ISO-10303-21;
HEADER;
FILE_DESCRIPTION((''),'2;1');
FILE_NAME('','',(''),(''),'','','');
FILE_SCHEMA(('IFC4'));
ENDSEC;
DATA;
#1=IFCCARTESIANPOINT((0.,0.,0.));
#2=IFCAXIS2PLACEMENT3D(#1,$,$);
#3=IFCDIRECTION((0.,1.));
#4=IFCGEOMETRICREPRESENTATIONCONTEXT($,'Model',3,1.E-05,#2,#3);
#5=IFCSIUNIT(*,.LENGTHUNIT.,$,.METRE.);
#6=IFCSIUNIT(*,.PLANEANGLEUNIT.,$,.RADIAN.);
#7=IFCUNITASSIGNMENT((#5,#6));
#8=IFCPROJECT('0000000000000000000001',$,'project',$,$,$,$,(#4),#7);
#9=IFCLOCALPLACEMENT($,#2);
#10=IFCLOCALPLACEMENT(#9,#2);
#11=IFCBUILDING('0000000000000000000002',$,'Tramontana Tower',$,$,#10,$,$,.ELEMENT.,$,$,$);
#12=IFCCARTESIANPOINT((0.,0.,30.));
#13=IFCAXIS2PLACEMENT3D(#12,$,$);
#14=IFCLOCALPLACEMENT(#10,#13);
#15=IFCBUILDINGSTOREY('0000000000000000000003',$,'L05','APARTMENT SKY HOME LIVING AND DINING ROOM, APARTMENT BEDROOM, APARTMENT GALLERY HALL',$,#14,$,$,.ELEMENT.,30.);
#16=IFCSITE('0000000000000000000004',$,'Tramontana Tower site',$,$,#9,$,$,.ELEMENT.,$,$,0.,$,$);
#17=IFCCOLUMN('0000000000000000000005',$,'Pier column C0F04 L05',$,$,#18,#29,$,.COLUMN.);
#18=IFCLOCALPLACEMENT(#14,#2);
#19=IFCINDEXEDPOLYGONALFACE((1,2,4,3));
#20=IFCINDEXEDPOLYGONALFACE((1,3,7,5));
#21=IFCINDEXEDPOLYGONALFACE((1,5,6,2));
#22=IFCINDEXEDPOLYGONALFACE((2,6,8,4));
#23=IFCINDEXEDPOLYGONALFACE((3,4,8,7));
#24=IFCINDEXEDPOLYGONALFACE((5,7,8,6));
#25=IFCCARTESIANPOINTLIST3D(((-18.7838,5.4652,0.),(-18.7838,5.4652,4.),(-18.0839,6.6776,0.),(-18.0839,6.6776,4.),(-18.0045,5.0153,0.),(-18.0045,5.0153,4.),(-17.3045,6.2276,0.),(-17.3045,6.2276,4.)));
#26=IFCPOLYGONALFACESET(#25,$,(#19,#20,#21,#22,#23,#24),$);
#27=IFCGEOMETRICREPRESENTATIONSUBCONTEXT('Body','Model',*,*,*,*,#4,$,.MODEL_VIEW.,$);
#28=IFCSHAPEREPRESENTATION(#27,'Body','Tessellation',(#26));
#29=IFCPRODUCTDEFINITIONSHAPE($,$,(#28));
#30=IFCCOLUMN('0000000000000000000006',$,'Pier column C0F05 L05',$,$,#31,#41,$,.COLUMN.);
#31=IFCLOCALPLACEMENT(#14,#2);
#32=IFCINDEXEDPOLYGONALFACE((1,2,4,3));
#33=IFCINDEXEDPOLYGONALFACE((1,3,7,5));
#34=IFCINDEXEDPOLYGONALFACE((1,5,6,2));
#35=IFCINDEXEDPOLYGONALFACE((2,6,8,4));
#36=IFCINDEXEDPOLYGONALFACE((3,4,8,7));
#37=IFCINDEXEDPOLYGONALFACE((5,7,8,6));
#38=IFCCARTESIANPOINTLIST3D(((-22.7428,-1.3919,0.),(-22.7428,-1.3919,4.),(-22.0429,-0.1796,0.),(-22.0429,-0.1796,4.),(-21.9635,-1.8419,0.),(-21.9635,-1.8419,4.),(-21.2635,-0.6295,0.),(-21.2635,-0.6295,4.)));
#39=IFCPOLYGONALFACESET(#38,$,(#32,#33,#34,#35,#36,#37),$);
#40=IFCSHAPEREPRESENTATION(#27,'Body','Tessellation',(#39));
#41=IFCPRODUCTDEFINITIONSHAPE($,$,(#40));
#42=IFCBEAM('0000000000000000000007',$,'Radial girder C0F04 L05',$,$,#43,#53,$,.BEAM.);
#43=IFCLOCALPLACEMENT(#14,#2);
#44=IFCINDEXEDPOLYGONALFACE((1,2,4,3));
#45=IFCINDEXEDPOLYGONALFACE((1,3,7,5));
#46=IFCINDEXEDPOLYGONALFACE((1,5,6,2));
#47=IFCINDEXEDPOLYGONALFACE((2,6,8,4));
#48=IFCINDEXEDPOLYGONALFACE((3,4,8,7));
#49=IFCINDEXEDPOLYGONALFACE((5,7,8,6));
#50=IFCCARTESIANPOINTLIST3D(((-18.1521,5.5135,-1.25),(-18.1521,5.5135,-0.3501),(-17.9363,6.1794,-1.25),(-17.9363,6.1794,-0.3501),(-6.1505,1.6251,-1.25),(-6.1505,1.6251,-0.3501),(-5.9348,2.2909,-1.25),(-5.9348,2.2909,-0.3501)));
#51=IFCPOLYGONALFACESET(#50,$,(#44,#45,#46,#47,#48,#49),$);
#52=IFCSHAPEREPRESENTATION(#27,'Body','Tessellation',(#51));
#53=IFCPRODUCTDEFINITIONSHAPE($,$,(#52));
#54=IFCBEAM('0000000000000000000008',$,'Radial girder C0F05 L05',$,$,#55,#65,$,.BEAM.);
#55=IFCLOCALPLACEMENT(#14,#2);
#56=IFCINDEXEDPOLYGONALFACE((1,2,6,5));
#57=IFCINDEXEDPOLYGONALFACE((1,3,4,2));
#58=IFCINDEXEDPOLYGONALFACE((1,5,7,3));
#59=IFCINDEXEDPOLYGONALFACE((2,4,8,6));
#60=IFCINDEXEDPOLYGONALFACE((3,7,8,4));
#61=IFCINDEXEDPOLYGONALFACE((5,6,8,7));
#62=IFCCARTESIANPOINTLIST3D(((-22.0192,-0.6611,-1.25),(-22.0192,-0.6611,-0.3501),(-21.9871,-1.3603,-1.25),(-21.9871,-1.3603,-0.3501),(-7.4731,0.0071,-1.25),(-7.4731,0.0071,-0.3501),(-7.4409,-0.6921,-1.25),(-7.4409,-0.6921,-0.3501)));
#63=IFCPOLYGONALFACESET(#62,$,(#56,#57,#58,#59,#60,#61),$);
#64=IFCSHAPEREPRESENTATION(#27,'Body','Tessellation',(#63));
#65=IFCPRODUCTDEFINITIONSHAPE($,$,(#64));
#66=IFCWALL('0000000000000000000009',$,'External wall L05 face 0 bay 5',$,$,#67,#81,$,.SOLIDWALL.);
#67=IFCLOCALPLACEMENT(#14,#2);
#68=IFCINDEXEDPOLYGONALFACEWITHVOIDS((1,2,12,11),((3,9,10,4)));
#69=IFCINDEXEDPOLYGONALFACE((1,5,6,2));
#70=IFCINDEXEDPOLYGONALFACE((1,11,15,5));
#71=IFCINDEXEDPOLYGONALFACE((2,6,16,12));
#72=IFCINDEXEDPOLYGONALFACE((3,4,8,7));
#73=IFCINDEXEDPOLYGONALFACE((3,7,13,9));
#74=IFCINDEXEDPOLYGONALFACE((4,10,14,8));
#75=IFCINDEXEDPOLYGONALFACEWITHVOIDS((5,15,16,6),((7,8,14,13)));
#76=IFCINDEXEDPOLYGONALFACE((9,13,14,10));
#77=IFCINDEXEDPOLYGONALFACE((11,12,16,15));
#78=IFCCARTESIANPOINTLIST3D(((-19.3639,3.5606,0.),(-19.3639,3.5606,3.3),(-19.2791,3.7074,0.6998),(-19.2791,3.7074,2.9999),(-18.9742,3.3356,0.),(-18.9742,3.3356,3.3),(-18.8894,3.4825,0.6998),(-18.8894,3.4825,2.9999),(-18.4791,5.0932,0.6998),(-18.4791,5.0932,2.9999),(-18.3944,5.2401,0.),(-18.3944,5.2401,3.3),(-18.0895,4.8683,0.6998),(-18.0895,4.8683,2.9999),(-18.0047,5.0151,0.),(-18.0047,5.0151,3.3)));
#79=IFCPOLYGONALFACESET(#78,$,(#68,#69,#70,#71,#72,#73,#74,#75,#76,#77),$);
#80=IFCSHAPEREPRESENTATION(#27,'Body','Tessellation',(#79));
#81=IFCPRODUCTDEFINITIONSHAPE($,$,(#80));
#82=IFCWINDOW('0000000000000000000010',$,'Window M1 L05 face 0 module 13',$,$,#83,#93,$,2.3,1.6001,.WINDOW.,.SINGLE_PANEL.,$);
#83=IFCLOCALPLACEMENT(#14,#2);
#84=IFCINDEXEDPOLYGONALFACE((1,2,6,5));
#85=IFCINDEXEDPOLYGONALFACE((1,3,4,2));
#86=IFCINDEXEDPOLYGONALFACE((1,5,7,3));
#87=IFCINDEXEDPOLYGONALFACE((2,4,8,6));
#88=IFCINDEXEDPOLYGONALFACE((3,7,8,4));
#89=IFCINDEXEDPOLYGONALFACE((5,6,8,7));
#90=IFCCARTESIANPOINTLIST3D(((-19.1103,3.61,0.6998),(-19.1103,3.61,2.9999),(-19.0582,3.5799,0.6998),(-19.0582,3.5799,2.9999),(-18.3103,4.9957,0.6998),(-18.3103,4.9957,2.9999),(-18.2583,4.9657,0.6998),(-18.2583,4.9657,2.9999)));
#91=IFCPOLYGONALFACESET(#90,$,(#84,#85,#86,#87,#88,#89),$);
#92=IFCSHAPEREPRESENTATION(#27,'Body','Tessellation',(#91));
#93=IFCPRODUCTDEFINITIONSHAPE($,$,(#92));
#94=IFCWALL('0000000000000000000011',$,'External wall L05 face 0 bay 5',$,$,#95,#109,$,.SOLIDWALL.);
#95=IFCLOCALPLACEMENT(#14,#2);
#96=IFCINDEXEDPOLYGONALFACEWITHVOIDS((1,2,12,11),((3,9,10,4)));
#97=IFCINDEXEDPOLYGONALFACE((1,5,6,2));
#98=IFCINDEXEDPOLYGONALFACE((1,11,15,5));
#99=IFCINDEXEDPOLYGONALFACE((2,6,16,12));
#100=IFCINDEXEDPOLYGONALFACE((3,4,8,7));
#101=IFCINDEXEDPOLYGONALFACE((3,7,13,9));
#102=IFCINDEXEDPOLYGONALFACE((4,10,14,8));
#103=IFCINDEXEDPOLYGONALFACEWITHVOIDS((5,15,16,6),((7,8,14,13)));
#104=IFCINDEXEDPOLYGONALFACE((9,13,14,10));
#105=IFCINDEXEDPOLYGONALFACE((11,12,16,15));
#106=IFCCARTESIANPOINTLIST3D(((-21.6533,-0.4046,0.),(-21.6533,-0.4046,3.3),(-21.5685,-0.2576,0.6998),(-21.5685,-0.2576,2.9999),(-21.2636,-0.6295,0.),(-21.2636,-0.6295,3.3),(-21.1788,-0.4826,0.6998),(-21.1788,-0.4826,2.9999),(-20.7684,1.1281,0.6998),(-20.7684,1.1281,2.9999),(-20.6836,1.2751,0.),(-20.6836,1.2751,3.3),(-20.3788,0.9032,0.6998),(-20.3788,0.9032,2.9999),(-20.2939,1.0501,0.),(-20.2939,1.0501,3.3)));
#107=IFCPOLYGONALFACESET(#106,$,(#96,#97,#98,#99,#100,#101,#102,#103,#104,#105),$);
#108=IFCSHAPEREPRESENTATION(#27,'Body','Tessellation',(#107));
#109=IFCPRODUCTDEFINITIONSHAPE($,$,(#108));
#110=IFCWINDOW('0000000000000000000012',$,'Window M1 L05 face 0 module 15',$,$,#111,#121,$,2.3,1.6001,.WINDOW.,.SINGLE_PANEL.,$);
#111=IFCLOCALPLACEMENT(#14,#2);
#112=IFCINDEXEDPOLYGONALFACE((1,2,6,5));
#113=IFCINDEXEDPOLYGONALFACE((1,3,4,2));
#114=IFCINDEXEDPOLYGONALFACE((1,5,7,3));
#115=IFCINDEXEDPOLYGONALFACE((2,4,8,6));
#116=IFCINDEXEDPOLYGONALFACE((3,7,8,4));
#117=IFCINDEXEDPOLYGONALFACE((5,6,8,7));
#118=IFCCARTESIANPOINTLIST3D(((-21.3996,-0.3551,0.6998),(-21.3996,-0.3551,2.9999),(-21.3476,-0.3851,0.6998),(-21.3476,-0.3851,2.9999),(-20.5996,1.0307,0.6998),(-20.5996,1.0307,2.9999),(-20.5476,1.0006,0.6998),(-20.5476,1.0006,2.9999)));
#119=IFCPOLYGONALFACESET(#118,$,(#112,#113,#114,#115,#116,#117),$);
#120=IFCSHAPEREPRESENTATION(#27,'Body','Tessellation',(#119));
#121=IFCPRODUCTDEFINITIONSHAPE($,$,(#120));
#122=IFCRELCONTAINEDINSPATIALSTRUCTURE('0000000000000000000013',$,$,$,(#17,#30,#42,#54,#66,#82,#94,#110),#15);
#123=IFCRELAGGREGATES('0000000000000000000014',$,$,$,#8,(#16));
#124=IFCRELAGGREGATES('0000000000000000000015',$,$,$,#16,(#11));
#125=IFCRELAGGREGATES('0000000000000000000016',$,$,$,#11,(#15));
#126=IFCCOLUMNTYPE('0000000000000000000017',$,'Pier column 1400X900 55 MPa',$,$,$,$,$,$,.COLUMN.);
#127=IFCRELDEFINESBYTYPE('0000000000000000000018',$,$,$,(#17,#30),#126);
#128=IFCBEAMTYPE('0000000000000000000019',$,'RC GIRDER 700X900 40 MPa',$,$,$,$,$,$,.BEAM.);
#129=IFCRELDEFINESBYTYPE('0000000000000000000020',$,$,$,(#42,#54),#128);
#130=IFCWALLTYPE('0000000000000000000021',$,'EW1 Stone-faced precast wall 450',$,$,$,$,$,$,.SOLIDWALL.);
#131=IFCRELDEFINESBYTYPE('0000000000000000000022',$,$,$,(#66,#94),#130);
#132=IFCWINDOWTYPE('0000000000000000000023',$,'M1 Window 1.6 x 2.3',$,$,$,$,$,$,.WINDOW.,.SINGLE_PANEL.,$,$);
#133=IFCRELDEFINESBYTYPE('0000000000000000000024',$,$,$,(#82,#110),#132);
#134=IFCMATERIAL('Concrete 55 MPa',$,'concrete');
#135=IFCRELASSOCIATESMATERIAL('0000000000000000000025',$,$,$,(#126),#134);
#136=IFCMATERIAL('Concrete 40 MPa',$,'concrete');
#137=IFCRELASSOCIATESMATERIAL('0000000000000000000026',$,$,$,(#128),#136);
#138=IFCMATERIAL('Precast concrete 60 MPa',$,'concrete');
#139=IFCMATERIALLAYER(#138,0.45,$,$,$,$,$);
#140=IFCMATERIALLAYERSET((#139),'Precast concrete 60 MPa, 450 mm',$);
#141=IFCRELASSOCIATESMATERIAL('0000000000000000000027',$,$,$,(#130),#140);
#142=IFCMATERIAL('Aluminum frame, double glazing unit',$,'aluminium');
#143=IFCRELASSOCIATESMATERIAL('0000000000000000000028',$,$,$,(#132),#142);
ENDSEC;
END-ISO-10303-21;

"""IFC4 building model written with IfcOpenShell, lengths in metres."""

from ifc_helpers import new_model, si_unit, direction, frame, frame_2d, origin, origin_2d, place, context, subcontext, project, spatial, rectangle, extrude, material, layer, layer_set, material_profile, profile_set, type_object, element, fill, save


model = new_model("IFC4")

# Units and contexts
model_context = context("Model", 3, precision=1e-05, world=origin(), true_north=direction((0.0, 1.0)))
body_context = subcontext(model_context, "Body", "Model", "MODEL_VIEW")
ifc_project = project(units=[si_unit("LENGTHUNIT", "METRE"), si_unit("PLANEANGLEUNIT", "RADIAN")], contexts=[model_context])

# Site, building, storey
site_placement = place(None, origin())
site = spatial("IfcSite", under=ifc_project, at=site_placement, Name="Tramontana Tower site", CompositionType="ELEMENT", RefElevation=0.0)
building_placement = place(site_placement, origin())
building = spatial("IfcBuilding", under=site, at=building_placement, Name="Tramontana Tower", CompositionType="ELEMENT")
storey_placement = place(building_placement, frame((0.0, 0.0, 30.0)))
storey = spatial("IfcBuildingStorey", under=building, at=storey_placement, Name="L05", Description="APARTMENT SKY HOME LIVING AND DINING ROOM, APARTMENT BEDROOM, APARTMENT GALLERY HALL", CompositionType="ELEMENT", Elevation=30.0)

# Columns
ifc_material_1 = material(Name="Concrete 55 MPa", Category="concrete")
ifc_material_profile_1 = material_profile(ifc_material_1, rectangle(XDim=1.3999, YDim=0.8999, at=origin_2d()), Name="Pier column 1400X900 55 MPa")
ifc_profile_set_1 = profile_set([ifc_material_profile_1], Name="Concrete 55 MPa")
column_type = type_object("IfcColumnType", Name="Pier column 1400X900 55 MPa", PredefinedType="COLUMN", material=ifc_profile_set_1)
for number, where, z_axis, x_axis, name in (
    (1, (-18.0442, 5.8464, 0.0), (0.0, 0.0, 1.0), (-0.5, -0.866025, 0.0), "Pier column C0F04 L05"),
    (2, (-22.0032, -1.0107, 0.0), (0.0, 0.0, 1.0), (-0.5, -0.866025, 0.0), "Pier column C0F05 L05"),
):
    element("IfcColumn", number, at=place(storey_placement, frame(where, z_axis=z_axis, x_axis=x_axis)), inside=storey, type_object=column_type, Name=name, PredefinedType="COLUMN", context=body_context, shape_type="SweptSolid", body=[
        extrude(rectangle(XDim=1.3999, YDim=0.8999, at=origin_2d()), origin(), (0.0, 0.0, 1.0), 4.0),
    ])

# Beams
ifc_material_2 = material(Name="Concrete 40 MPa", Category="concrete")
ifc_material_profile_2 = material_profile(ifc_material_2, rectangle(XDim=0.7, YDim=0.8999, at=origin_2d()), Name="RC GIRDER 700X900 40 MPa")
ifc_profile_set_2 = profile_set([ifc_material_profile_2], Name="Concrete 40 MPa")
beam_type = type_object("IfcBeamType", Name="RC GIRDER 700X900 40 MPa", PredefinedType="BEAM", material=ifc_profile_set_2)
beam_1_placement = place(storey_placement, frame((-18.0442, 5.8464, -0.8), z_axis=(0.951314, -0.308222, 0.0), x_axis=(0.308222, 0.951314, 0.0)))
element("IfcBeam", 3, at=beam_1_placement, inside=storey, type_object=beam_type, Name="Radial girder C0F04 L05", PredefinedType="BEAM", context=body_context, shape_type="SweptSolid", body=[
    extrude(rectangle(XDim=0.7, YDim=0.8999, at=origin_2d()), origin(), (0.0, 0.0, 1.0), 12.6157),
])
beam_2_placement = place(storey_placement, frame((-22.0032, -1.0107, -0.8), z_axis=(0.998947, 0.045889, 0.0), x_axis=(-0.045889, 0.998947, 0.0)))
element("IfcBeam", 4, at=beam_2_placement, inside=storey, type_object=beam_type, Name="Radial girder C0F05 L05", PredefinedType="BEAM", context=body_context, shape_type="SweptSolid", body=[
    extrude(rectangle(XDim=0.7, YDim=0.8999, at=origin_2d()), origin(), (0.0, 0.0, 1.0), 14.5615),
])

# Walls, openings, windows
ifc_material_3 = material(Name="Precast concrete 60 MPa", Category="concrete")
ifc_layer_1 = layer(ifc_material_3, 0.45)
ifc_layer_set_1 = layer_set([ifc_layer_1], Name="Precast concrete 60 MPa, 450 mm")
wall_type_1 = type_object("IfcWallType", Name="EW1 Stone-faced precast wall 450", PredefinedType="SOLIDWALL", material=ifc_layer_set_1)
wall_1_placement = place(storey_placement, frame((-18.1995, 5.1277, 0.0), z_axis=(0.0, 0.0, 1.0), x_axis=(-0.499944, -0.866058, 0.0)))
wall_1 = element("IfcWall", 5, at=wall_1_placement, inside=storey, type_object=wall_type_1, Name="External wall L05 face 0 bay 5", PredefinedType="SOLIDWALL", context=body_context, shape_type="SweptSolid", body=[
    extrude(rectangle(XDim=1.9392, YDim=0.45, at=frame_2d((0.9697, 0.0))), origin(), (0.0, 0.0, 1.0), 3.3),
])
opening_1_placement = place(wall_1_placement, frame((0.1697, 0.0, 0.7)))
opening_1 = element("IfcOpeningElement", 6, at=opening_1_placement, cuts=wall_1, PredefinedType="OPENING", context=body_context, shape_type="SweptSolid", body=[
    extrude(rectangle(XDim=1.6001, YDim=2.3, at=frame_2d((0.8, 1.1499))), frame((0.0, 0.2349, 0.0), z_axis=(0.0, -1.0, 0.0), x_axis=(1.0, 0.0, 0.0)), (0.0, 0.0, 1.0), 0.47),
])
ifc_material_4 = material(Name="Aluminum frame, double glazing unit", Category="aluminium")
window_type_1 = type_object("IfcWindowType", Name="M1 Window 1.6 x 2.3", PartitioningType="SINGLE_PANEL", PredefinedType="WINDOW", material=ifc_material_4)
window_1_placement = place(opening_1_placement, origin())
window_1 = element("IfcWindow", 7, at=window_1_placement, inside=storey, type_object=window_type_1, Name="Window M1 L05 face 0 module 13", OverallHeight=2.3, OverallWidth=1.6001, PartitioningType="SINGLE_PANEL", PredefinedType="WINDOW", context=body_context, shape_type="SweptSolid", body=[
    extrude(rectangle(XDim=1.6001, YDim=2.3, at=frame_2d((0.8, 1.1499))), frame((0.0, 0.03, 0.0), z_axis=(0.0, -1.0, 0.0), x_axis=(1.0, 0.0, 0.0)), (0.0, 0.0, 1.0), 0.0601),
])
fill(opening_1, window_1)
wall_2_placement = place(storey_placement, frame((-20.4888, 1.1626, 0.0), z_axis=(0.0, 0.0, 1.0), x_axis=(-0.499984, -0.866035, 0.0)))
wall_2 = element("IfcWall", 8, at=wall_2_placement, inside=storey, type_object=wall_type_1, Name="External wall L05 face 0 bay 5", PredefinedType="SOLIDWALL", context=body_context, shape_type="SweptSolid", body=[
    extrude(rectangle(XDim=1.9395, YDim=0.45, at=frame_2d((0.9697, 0.0))), origin(), (0.0, 0.0, 1.0), 3.3),
])
opening_2_placement = place(wall_2_placement, frame((0.1697, 0.0, 0.7)))
opening_2 = element("IfcOpeningElement", 9, at=opening_2_placement, cuts=wall_2, PredefinedType="OPENING", context=body_context, shape_type="SweptSolid", body=[
    extrude(rectangle(XDim=1.6001, YDim=2.3, at=frame_2d((0.8, 1.1499))), frame((0.0, 0.2349, 0.0), z_axis=(0.0, -1.0, 0.0), x_axis=(1.0, 0.0, 0.0)), (0.0, 0.0, 1.0), 0.47),
])
window_2_placement = place(opening_2_placement, origin())
window_2 = element("IfcWindow", 10, at=window_2_placement, inside=storey, type_object=window_type_1, Name="Window M1 L05 face 0 module 15", OverallHeight=2.3, OverallWidth=1.6001, PartitioningType="SINGLE_PANEL", PredefinedType="WINDOW", context=body_context, shape_type="SweptSolid", body=[
    extrude(rectangle(XDim=1.6001, YDim=2.3, at=frame_2d((0.8, 1.1499))), frame((0.0, 0.03, 0.0), z_axis=(0.0, -1.0, 0.0), x_axis=(1.0, 0.0, 0.0)), (0.0, 0.0, 1.0), 0.0601),
])
fill(opening_2, window_2)

save(model, "model.ifc")
